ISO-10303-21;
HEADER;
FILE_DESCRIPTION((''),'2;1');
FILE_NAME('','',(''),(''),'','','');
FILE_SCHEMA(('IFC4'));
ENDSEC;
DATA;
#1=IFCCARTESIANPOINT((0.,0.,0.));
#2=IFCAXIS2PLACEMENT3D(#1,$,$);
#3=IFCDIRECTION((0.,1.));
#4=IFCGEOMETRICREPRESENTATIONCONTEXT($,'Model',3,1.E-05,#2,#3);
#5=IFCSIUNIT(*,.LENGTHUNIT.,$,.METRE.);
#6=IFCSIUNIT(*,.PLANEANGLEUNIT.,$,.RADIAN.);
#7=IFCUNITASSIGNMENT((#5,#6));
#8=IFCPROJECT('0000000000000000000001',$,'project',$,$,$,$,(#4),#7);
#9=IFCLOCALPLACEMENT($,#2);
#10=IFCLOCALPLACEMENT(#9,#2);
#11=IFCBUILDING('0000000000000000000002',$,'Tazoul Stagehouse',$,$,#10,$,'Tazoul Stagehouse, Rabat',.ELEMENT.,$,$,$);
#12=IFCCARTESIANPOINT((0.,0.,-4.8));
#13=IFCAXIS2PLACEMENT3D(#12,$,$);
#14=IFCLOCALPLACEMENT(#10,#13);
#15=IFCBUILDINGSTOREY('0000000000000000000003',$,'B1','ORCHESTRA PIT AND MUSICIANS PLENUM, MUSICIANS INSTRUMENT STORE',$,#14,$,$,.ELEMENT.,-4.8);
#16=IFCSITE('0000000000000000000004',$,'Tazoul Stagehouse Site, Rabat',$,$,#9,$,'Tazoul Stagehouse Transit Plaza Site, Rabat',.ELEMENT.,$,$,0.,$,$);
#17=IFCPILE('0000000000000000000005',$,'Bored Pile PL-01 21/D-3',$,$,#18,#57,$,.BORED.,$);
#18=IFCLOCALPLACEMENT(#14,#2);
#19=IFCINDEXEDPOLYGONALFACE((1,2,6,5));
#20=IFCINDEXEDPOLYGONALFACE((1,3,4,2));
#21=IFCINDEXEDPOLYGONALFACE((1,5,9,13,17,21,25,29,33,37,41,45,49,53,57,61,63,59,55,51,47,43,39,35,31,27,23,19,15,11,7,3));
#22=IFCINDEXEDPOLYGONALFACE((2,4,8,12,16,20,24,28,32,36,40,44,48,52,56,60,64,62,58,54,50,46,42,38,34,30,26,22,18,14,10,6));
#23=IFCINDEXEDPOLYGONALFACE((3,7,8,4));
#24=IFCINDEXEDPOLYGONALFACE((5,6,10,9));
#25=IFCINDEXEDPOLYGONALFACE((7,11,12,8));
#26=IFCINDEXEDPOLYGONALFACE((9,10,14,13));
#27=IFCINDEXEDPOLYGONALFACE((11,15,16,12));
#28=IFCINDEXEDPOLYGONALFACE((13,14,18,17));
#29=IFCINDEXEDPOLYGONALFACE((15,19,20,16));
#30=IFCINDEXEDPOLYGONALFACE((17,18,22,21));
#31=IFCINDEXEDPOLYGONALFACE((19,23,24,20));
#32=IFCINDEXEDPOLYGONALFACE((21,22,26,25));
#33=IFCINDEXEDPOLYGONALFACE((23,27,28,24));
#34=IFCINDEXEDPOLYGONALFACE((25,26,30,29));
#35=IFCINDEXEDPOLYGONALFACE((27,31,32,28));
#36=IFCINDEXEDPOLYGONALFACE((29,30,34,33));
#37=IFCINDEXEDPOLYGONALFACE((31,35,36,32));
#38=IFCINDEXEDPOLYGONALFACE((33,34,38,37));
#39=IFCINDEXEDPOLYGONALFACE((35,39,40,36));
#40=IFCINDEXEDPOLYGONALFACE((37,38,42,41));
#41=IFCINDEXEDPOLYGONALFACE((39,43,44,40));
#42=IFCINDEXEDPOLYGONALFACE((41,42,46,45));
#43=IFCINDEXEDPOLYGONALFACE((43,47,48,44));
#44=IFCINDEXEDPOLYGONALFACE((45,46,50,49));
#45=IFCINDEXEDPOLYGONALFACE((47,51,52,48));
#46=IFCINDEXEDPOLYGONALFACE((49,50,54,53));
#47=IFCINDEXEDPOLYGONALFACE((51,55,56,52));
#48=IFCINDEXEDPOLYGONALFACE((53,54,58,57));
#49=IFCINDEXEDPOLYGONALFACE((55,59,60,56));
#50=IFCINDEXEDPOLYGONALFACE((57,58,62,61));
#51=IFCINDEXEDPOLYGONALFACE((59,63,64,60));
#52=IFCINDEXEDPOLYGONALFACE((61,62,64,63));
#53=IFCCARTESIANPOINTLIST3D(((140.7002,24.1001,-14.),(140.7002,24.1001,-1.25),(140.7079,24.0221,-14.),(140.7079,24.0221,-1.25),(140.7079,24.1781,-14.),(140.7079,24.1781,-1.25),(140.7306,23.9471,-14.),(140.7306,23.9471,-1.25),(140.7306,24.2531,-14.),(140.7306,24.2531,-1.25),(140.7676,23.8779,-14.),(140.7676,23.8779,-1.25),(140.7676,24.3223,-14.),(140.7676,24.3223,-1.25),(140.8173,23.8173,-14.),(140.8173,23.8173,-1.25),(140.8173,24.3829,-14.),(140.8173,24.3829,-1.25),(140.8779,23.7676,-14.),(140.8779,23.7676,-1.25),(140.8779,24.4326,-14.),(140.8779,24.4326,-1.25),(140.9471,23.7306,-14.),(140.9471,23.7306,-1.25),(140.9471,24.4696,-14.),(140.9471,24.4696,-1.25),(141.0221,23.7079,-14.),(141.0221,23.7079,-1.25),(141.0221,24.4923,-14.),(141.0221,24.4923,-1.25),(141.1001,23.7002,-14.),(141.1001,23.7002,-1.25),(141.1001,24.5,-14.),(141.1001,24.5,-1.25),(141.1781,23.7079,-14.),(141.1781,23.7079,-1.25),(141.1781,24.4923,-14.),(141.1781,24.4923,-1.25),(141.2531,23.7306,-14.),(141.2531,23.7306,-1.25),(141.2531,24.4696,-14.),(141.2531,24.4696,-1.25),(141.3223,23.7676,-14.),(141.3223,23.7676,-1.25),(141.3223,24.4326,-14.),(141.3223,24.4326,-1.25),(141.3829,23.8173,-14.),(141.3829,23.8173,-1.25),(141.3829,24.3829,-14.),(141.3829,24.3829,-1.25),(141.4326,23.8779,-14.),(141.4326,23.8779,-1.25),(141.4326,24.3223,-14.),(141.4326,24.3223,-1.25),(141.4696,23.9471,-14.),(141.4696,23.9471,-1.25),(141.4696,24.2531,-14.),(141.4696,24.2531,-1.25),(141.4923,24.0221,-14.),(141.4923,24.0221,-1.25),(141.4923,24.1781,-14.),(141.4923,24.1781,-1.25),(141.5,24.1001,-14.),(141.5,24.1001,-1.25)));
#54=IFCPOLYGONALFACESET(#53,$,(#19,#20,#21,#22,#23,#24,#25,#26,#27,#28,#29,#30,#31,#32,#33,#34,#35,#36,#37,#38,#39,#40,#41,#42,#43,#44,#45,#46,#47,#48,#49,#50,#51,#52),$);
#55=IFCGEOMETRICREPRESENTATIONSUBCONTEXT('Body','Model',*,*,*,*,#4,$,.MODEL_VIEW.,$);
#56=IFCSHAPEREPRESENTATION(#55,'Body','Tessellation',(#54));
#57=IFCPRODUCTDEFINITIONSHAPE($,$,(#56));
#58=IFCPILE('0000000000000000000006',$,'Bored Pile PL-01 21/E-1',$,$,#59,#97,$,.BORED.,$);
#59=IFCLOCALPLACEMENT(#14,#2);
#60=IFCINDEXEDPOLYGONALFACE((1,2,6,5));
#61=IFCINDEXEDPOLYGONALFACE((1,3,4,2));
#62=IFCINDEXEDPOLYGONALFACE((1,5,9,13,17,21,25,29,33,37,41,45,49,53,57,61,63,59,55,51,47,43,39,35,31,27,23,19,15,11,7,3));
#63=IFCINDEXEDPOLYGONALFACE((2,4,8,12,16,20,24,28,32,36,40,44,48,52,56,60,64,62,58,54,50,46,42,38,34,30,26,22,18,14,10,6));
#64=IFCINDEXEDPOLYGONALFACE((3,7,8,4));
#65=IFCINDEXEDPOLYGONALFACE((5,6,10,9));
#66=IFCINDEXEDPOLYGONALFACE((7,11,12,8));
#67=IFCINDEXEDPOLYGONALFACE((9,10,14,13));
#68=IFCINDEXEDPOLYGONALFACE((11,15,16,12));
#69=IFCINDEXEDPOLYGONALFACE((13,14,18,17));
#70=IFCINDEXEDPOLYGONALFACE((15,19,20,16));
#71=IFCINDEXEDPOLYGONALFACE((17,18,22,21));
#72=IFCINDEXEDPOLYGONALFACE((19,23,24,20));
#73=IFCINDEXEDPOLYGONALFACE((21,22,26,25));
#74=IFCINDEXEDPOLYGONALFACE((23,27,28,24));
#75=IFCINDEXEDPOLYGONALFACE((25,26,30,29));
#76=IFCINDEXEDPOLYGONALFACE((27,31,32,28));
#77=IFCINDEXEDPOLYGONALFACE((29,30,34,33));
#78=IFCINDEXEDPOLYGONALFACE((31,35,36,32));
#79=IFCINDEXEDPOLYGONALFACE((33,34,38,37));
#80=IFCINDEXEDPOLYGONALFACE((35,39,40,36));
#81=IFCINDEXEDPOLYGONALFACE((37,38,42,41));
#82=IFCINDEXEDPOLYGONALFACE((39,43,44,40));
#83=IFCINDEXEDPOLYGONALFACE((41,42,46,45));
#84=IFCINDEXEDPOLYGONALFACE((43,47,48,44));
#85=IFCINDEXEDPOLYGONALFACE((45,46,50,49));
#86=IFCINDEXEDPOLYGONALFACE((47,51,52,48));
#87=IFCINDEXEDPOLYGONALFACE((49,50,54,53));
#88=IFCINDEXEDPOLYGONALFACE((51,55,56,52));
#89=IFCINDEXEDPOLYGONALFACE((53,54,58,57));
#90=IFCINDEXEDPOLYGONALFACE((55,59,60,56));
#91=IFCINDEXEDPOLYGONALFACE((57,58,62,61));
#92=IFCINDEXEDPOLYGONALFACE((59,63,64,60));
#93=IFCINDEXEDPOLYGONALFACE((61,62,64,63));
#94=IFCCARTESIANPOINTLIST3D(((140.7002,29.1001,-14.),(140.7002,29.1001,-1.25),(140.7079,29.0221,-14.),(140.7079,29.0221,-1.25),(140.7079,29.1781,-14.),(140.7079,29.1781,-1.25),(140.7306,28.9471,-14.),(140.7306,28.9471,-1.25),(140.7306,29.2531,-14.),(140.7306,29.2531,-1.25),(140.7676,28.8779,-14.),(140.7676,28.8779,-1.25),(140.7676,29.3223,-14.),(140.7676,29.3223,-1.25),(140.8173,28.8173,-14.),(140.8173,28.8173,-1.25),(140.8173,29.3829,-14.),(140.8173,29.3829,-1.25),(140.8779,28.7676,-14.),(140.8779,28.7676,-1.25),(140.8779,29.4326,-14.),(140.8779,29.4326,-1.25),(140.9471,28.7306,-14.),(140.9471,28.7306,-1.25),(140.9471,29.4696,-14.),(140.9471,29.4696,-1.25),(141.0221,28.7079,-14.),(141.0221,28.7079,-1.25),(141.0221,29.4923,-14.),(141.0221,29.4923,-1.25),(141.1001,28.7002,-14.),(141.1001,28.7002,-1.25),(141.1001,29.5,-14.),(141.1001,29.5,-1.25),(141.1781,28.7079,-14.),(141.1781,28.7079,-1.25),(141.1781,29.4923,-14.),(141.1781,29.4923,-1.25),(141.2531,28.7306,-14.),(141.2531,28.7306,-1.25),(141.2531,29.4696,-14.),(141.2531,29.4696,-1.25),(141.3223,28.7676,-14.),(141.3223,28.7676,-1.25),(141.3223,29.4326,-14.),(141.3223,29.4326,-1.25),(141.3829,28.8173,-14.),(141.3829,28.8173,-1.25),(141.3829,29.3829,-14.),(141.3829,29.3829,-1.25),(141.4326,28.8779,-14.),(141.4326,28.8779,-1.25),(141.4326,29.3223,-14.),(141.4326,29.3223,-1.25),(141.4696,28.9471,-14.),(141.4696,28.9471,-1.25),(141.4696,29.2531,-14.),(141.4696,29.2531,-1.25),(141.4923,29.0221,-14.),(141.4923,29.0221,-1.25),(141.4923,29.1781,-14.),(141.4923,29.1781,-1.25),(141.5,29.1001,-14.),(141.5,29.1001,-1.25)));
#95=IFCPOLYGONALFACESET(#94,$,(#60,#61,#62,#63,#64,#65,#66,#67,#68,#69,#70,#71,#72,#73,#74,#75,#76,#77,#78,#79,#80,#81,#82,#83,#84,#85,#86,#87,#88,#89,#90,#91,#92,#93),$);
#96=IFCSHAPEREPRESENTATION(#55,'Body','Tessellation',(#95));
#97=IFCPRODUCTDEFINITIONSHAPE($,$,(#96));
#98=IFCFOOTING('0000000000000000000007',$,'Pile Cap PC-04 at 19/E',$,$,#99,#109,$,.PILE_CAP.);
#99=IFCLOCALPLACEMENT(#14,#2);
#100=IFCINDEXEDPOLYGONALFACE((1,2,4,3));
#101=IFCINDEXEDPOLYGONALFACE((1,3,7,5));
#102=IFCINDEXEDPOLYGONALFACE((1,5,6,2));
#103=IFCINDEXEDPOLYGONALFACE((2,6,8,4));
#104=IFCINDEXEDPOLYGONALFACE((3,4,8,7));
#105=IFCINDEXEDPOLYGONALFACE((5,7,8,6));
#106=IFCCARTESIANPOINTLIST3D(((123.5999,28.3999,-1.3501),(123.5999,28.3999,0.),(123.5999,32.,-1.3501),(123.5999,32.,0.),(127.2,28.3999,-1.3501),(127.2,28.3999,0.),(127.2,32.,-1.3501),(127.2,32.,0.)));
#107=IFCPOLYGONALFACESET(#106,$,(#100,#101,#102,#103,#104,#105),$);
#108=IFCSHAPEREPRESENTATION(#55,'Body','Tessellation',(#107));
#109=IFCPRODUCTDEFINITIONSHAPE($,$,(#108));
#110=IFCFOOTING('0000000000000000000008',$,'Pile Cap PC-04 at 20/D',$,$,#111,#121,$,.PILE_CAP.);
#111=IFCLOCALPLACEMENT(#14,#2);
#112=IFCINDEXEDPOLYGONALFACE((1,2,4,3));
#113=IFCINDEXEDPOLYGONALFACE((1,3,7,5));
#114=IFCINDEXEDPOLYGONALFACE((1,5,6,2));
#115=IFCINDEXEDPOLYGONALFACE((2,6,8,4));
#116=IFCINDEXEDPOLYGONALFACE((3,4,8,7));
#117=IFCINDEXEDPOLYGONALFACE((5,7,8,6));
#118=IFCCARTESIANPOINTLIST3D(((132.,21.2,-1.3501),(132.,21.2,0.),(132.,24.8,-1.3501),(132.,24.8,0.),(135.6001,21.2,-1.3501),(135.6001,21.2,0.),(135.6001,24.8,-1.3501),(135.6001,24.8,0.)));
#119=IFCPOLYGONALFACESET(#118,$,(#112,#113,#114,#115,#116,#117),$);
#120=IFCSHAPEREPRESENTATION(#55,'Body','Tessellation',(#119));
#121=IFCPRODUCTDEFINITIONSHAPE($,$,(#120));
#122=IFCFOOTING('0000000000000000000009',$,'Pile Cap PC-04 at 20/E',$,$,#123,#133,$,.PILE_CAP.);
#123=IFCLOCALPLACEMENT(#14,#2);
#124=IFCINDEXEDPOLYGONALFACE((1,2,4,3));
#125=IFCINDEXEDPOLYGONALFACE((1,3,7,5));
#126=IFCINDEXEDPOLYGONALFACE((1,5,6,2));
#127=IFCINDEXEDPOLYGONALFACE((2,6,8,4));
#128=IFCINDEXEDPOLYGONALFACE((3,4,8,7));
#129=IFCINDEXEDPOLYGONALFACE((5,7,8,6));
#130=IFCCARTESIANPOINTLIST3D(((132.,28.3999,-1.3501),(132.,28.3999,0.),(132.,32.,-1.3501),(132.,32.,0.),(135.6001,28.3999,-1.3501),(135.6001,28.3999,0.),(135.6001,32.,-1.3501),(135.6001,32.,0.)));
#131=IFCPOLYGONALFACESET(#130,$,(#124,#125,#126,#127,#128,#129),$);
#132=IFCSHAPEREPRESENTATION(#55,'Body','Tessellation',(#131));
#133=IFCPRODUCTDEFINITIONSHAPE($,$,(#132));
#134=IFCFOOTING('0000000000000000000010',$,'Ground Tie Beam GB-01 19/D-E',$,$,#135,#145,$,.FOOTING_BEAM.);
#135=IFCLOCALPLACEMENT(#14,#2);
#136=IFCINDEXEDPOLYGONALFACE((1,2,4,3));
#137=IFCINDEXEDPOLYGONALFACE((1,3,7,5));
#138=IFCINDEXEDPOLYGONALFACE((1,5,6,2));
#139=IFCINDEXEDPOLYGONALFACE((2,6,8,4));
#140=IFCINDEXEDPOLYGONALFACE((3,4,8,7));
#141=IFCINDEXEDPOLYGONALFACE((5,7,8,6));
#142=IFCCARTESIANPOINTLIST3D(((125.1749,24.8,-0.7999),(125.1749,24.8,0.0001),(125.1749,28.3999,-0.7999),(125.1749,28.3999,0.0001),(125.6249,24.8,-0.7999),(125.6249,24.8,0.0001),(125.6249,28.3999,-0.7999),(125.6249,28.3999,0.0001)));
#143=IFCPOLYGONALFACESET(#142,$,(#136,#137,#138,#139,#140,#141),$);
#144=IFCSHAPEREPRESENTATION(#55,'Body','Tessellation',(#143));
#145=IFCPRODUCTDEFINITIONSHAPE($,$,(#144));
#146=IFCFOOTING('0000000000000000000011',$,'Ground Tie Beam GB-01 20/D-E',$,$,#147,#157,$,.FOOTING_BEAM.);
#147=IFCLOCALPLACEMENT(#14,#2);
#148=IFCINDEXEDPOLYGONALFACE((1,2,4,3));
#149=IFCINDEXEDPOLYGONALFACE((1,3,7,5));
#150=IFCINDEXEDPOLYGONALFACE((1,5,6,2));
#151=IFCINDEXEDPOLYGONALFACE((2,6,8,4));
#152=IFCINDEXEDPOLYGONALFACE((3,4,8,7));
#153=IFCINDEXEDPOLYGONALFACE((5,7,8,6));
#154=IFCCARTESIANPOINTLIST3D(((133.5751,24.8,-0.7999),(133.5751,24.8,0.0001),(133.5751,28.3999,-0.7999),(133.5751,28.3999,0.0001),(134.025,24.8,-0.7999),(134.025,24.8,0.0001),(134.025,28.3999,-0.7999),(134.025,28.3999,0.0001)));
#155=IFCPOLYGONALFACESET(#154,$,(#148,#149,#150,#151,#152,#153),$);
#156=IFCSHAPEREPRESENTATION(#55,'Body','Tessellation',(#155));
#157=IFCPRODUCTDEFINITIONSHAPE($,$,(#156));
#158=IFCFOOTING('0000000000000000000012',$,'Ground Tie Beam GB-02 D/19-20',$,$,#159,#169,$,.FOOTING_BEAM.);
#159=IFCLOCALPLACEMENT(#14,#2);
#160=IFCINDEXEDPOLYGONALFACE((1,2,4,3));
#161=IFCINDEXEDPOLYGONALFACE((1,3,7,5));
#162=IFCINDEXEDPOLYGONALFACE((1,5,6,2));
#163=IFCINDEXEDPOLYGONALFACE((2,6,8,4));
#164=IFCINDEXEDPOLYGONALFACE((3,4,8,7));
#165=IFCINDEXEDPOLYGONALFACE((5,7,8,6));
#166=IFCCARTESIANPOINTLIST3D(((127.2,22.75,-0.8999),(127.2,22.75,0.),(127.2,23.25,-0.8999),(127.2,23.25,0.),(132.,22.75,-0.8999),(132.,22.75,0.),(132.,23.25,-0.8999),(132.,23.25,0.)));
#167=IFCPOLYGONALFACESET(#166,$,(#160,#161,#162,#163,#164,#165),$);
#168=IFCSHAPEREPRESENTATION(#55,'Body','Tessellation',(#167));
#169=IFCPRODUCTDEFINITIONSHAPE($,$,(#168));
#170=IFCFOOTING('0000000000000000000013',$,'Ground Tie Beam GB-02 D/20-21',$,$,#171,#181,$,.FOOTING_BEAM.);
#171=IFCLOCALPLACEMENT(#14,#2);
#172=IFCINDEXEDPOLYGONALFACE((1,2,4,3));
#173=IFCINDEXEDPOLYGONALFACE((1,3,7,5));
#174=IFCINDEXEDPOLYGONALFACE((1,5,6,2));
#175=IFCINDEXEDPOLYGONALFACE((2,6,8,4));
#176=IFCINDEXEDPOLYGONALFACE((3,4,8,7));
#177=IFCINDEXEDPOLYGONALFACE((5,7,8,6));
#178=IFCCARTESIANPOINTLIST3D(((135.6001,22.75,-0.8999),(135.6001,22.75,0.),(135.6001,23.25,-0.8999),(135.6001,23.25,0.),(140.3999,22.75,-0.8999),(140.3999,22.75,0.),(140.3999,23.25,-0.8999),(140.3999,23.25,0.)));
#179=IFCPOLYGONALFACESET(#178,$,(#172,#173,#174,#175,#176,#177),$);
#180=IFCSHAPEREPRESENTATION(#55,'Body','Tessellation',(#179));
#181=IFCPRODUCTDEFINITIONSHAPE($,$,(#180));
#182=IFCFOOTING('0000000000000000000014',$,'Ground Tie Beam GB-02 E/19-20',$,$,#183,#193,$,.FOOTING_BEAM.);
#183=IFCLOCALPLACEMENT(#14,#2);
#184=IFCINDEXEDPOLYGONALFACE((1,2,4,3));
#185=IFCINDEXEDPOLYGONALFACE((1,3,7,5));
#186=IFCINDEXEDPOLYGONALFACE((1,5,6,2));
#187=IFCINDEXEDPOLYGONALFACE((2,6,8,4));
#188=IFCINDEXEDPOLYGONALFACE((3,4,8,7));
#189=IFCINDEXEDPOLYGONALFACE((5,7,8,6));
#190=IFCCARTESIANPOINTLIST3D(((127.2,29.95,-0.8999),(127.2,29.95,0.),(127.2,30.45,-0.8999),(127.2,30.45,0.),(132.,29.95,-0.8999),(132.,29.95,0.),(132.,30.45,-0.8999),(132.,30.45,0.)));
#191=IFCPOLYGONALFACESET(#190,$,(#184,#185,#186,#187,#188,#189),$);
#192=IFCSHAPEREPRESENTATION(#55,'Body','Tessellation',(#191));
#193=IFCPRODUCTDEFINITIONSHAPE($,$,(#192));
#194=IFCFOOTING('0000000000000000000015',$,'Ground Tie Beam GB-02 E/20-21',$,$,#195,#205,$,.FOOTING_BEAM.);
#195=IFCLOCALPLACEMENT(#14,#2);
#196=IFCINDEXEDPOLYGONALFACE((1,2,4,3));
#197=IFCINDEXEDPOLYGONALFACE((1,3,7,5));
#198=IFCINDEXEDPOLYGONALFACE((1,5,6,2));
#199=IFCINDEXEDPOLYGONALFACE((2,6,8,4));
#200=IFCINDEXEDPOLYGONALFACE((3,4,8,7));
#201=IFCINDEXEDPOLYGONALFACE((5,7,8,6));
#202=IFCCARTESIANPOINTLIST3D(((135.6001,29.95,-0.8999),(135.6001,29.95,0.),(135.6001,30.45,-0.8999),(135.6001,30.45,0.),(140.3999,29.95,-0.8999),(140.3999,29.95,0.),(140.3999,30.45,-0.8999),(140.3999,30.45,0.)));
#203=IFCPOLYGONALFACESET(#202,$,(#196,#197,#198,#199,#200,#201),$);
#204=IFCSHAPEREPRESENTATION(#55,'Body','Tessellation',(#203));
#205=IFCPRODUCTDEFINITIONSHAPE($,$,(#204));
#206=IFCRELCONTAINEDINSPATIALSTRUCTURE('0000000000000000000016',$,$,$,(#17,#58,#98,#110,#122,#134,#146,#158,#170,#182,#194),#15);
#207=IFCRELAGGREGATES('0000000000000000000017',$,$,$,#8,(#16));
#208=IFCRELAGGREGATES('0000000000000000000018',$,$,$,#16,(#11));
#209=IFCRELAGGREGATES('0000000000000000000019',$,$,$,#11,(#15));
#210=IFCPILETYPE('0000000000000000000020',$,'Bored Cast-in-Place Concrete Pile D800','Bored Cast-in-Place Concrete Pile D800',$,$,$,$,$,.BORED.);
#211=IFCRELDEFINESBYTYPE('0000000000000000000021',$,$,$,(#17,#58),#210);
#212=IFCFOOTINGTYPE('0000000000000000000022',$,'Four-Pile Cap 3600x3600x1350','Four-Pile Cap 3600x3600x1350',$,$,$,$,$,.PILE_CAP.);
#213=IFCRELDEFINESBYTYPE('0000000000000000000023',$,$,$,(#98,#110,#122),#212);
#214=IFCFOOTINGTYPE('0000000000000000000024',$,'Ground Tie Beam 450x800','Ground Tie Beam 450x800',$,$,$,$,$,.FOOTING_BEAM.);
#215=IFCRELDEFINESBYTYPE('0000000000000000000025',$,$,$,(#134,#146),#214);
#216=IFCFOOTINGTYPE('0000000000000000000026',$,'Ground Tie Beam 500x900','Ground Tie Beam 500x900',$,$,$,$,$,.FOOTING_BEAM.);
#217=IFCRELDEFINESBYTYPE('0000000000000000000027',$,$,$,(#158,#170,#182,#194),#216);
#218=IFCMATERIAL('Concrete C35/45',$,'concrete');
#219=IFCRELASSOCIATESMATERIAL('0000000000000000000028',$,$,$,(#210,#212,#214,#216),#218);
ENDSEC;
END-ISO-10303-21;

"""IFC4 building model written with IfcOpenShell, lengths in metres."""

from ifc_helpers import new_model, si_unit, direction, frame, origin, origin_2d, place, context, subcontext, project, spatial, rectangle, circle, extrude, material, material_profile, profile_set, type_object, element, save


model = new_model("IFC4")

# Units and contexts
model_context = context("Model", 3, precision=1e-05, world=origin(), true_north=direction((0.0, 1.0)))
body_context = subcontext(model_context, "Body", "Model", "MODEL_VIEW")
ifc_project = project(units=[si_unit("LENGTHUNIT", "METRE"), si_unit("PLANEANGLEUNIT", "RADIAN")], contexts=[model_context])

# Site, building, storey
site_placement = place(None, origin())
site = spatial("IfcSite", under=ifc_project, at=site_placement, Name="Tazoul Stagehouse Site, Rabat", LongName="Tazoul Stagehouse Transit Plaza Site, Rabat", CompositionType="ELEMENT", RefElevation=0.0)
building_placement = place(site_placement, origin())
building = spatial("IfcBuilding", under=site, at=building_placement, Name="Tazoul Stagehouse", LongName="Tazoul Stagehouse, Rabat", CompositionType="ELEMENT")
storey_placement = place(building_placement, frame((0.0, 0.0, -4.8)))
storey = spatial("IfcBuildingStorey", under=building, at=storey_placement, Name="B1", Description="ORCHESTRA PIT AND MUSICIANS PLENUM, MUSICIANS INSTRUMENT STORE", CompositionType="ELEMENT", Elevation=-4.8)

# Piles
ifc_material_1 = material(Name="Concrete C35/45", Category="concrete")
ifc_material_profile_1 = material_profile(ifc_material_1, circle(Radius=0.3999, at=origin_2d()), Name="BORED PILE 800")
ifc_profile_set_1 = profile_set([ifc_material_profile_1], Name="Concrete C35/45")
pile_type = type_object("IfcPileType", Name="Bored Cast-in-Place Concrete Pile D800", Description="Bored Cast-in-Place Concrete Pile D800", PredefinedType="BORED", material=ifc_profile_set_1)
for number, where, z_axis, x_axis, name in (
    (1, (141.1001, 24.1001, -1.25), (0.0, 0.0, -1.0), (1.0, 0.0, 0.0), "Bored Pile PL-01 21/D-3"),
    (2, (141.1001, 29.1001, -1.25), (0.0, 0.0, -1.0), (1.0, 0.0, 0.0), "Bored Pile PL-01 21/E-1"),
):
    element("IfcPile", number, at=place(storey_placement, frame(where, z_axis=z_axis, x_axis=x_axis)), inside=storey, type_object=pile_type, Name=name, PredefinedType="BORED", context=body_context, shape_type="SweptSolid", body=[
        extrude(circle(Radius=0.3999, at=origin_2d()), origin(), (0.0, 0.0, 1.0), 12.75),
    ])

# Footings
footing_type_1 = type_object("IfcFootingType", Name="Four-Pile Cap 3600x3600x1350", Description="Four-Pile Cap 3600x3600x1350", PredefinedType="PILE_CAP", material=ifc_material_1)
for number, where, z_axis, x_axis, name in (
    (3, (125.3999, 30.2, -1.3501), (0.0, 0.0, 1.0), (1.0, 0.0, 0.0), "Pile Cap PC-04 at 19/E"),
    (4, (133.8, 23.0, -1.3501), (0.0, 0.0, 1.0), (1.0, 0.0, 0.0), "Pile Cap PC-04 at 20/D"),
    (5, (133.8, 30.2, -1.3501), (0.0, 0.0, 1.0), (1.0, 0.0, 0.0), "Pile Cap PC-04 at 20/E"),
):
    element("IfcFooting", number, at=place(storey_placement, frame(where, z_axis=z_axis, x_axis=x_axis)), inside=storey, type_object=footing_type_1, Name=name, PredefinedType="PILE_CAP", context=body_context, shape_type="SweptSolid", body=[
        extrude(rectangle(XDim=3.6001, YDim=3.6001, at=origin_2d()), origin(), (0.0, 0.0, 1.0), 1.3501),
    ])
ifc_material_profile_2 = material_profile(ifc_material_1, rectangle(XDim=0.45, YDim=0.8, at=origin_2d()), Name="RC 450x800")
ifc_profile_set_2 = profile_set([ifc_material_profile_2], Name="Concrete C35/45")
footing_type_2 = type_object("IfcFootingType", Name="Ground Tie Beam 450x800", Description="Ground Tie Beam 450x800", PredefinedType="FOOTING_BEAM", material=ifc_profile_set_2)
for number, where, z_axis, x_axis, name in (
    (6, (125.3999, 24.8, -0.3999), (0.0, 1.0, 0.0), (-1.0, 0.0, 0.0), "Ground Tie Beam GB-01 19/D-E"),
    (7, (133.8, 24.8, -0.3999), (0.0, 1.0, 0.0), (-1.0, 0.0, 0.0), "Ground Tie Beam GB-01 20/D-E"),
):
    element("IfcFooting", number, at=place(storey_placement, frame(where, z_axis=z_axis, x_axis=x_axis)), inside=storey, type_object=footing_type_2, Name=name, PredefinedType="FOOTING_BEAM", context=body_context, shape_type="SweptSolid", body=[
        extrude(rectangle(XDim=0.45, YDim=0.8, at=origin_2d()), origin(), (0.0, 0.0, 1.0), 3.5999),
    ])
ifc_material_profile_3 = material_profile(ifc_material_1, rectangle(XDim=0.5, YDim=0.8999, at=origin_2d()), Name="RC 500x900")
ifc_profile_set_3 = profile_set([ifc_material_profile_3], Name="Concrete C35/45")
footing_type_3 = type_object("IfcFootingType", Name="Ground Tie Beam 500x900", Description="Ground Tie Beam 500x900", PredefinedType="FOOTING_BEAM", material=ifc_profile_set_3)
footing_1_placement = place(storey_placement, frame((127.2, 23.0, -0.45), z_axis=(1.0, 0.0, 0.0), x_axis=(0.0, 1.0, 0.0)))
element("IfcFooting", 8, at=footing_1_placement, inside=storey, type_object=footing_type_3, Name="Ground Tie Beam GB-02 D/19-20", PredefinedType="FOOTING_BEAM", context=body_context, shape_type="SweptSolid", body=[
    extrude(rectangle(XDim=0.5, YDim=0.8999, at=origin_2d()), origin(), (0.0, 0.0, 1.0), 4.8),
])
footing_2_placement = place(storey_placement, frame((135.6001, 23.0, -0.45), z_axis=(1.0, 0.0, 0.0), x_axis=(0.0, 1.0, 0.0)))
element("IfcFooting", 9, at=footing_2_placement, inside=storey, type_object=footing_type_3, Name="Ground Tie Beam GB-02 D/20-21", PredefinedType="FOOTING_BEAM", context=body_context, shape_type="SweptSolid", body=[
    extrude(rectangle(XDim=0.5, YDim=0.8999, at=origin_2d()), origin(), (0.0, 0.0, 1.0), 4.7998),
])
footing_3_placement = place(storey_placement, frame((127.2, 30.2, -0.45), z_axis=(1.0, 0.0, 0.0), x_axis=(0.0, 1.0, 0.0)))
element("IfcFooting", 10, at=footing_3_placement, inside=storey, type_object=footing_type_3, Name="Ground Tie Beam GB-02 E/19-20", PredefinedType="FOOTING_BEAM", context=body_context, shape_type="SweptSolid", body=[
    extrude(rectangle(XDim=0.5, YDim=0.8999, at=origin_2d()), origin(), (0.0, 0.0, 1.0), 4.8),
])
footing_4_placement = place(storey_placement, frame((135.6001, 30.2, -0.45), z_axis=(1.0, 0.0, 0.0), x_axis=(0.0, 1.0, 0.0)))
element("IfcFooting", 11, at=footing_4_placement, inside=storey, type_object=footing_type_3, Name="Ground Tie Beam GB-02 E/20-21", PredefinedType="FOOTING_BEAM", context=body_context, shape_type="SweptSolid", body=[
    extrude(rectangle(XDim=0.5, YDim=0.8999, at=origin_2d()), origin(), (0.0, 0.0, 1.0), 4.7998),
])

save(model, "model.ifc")
